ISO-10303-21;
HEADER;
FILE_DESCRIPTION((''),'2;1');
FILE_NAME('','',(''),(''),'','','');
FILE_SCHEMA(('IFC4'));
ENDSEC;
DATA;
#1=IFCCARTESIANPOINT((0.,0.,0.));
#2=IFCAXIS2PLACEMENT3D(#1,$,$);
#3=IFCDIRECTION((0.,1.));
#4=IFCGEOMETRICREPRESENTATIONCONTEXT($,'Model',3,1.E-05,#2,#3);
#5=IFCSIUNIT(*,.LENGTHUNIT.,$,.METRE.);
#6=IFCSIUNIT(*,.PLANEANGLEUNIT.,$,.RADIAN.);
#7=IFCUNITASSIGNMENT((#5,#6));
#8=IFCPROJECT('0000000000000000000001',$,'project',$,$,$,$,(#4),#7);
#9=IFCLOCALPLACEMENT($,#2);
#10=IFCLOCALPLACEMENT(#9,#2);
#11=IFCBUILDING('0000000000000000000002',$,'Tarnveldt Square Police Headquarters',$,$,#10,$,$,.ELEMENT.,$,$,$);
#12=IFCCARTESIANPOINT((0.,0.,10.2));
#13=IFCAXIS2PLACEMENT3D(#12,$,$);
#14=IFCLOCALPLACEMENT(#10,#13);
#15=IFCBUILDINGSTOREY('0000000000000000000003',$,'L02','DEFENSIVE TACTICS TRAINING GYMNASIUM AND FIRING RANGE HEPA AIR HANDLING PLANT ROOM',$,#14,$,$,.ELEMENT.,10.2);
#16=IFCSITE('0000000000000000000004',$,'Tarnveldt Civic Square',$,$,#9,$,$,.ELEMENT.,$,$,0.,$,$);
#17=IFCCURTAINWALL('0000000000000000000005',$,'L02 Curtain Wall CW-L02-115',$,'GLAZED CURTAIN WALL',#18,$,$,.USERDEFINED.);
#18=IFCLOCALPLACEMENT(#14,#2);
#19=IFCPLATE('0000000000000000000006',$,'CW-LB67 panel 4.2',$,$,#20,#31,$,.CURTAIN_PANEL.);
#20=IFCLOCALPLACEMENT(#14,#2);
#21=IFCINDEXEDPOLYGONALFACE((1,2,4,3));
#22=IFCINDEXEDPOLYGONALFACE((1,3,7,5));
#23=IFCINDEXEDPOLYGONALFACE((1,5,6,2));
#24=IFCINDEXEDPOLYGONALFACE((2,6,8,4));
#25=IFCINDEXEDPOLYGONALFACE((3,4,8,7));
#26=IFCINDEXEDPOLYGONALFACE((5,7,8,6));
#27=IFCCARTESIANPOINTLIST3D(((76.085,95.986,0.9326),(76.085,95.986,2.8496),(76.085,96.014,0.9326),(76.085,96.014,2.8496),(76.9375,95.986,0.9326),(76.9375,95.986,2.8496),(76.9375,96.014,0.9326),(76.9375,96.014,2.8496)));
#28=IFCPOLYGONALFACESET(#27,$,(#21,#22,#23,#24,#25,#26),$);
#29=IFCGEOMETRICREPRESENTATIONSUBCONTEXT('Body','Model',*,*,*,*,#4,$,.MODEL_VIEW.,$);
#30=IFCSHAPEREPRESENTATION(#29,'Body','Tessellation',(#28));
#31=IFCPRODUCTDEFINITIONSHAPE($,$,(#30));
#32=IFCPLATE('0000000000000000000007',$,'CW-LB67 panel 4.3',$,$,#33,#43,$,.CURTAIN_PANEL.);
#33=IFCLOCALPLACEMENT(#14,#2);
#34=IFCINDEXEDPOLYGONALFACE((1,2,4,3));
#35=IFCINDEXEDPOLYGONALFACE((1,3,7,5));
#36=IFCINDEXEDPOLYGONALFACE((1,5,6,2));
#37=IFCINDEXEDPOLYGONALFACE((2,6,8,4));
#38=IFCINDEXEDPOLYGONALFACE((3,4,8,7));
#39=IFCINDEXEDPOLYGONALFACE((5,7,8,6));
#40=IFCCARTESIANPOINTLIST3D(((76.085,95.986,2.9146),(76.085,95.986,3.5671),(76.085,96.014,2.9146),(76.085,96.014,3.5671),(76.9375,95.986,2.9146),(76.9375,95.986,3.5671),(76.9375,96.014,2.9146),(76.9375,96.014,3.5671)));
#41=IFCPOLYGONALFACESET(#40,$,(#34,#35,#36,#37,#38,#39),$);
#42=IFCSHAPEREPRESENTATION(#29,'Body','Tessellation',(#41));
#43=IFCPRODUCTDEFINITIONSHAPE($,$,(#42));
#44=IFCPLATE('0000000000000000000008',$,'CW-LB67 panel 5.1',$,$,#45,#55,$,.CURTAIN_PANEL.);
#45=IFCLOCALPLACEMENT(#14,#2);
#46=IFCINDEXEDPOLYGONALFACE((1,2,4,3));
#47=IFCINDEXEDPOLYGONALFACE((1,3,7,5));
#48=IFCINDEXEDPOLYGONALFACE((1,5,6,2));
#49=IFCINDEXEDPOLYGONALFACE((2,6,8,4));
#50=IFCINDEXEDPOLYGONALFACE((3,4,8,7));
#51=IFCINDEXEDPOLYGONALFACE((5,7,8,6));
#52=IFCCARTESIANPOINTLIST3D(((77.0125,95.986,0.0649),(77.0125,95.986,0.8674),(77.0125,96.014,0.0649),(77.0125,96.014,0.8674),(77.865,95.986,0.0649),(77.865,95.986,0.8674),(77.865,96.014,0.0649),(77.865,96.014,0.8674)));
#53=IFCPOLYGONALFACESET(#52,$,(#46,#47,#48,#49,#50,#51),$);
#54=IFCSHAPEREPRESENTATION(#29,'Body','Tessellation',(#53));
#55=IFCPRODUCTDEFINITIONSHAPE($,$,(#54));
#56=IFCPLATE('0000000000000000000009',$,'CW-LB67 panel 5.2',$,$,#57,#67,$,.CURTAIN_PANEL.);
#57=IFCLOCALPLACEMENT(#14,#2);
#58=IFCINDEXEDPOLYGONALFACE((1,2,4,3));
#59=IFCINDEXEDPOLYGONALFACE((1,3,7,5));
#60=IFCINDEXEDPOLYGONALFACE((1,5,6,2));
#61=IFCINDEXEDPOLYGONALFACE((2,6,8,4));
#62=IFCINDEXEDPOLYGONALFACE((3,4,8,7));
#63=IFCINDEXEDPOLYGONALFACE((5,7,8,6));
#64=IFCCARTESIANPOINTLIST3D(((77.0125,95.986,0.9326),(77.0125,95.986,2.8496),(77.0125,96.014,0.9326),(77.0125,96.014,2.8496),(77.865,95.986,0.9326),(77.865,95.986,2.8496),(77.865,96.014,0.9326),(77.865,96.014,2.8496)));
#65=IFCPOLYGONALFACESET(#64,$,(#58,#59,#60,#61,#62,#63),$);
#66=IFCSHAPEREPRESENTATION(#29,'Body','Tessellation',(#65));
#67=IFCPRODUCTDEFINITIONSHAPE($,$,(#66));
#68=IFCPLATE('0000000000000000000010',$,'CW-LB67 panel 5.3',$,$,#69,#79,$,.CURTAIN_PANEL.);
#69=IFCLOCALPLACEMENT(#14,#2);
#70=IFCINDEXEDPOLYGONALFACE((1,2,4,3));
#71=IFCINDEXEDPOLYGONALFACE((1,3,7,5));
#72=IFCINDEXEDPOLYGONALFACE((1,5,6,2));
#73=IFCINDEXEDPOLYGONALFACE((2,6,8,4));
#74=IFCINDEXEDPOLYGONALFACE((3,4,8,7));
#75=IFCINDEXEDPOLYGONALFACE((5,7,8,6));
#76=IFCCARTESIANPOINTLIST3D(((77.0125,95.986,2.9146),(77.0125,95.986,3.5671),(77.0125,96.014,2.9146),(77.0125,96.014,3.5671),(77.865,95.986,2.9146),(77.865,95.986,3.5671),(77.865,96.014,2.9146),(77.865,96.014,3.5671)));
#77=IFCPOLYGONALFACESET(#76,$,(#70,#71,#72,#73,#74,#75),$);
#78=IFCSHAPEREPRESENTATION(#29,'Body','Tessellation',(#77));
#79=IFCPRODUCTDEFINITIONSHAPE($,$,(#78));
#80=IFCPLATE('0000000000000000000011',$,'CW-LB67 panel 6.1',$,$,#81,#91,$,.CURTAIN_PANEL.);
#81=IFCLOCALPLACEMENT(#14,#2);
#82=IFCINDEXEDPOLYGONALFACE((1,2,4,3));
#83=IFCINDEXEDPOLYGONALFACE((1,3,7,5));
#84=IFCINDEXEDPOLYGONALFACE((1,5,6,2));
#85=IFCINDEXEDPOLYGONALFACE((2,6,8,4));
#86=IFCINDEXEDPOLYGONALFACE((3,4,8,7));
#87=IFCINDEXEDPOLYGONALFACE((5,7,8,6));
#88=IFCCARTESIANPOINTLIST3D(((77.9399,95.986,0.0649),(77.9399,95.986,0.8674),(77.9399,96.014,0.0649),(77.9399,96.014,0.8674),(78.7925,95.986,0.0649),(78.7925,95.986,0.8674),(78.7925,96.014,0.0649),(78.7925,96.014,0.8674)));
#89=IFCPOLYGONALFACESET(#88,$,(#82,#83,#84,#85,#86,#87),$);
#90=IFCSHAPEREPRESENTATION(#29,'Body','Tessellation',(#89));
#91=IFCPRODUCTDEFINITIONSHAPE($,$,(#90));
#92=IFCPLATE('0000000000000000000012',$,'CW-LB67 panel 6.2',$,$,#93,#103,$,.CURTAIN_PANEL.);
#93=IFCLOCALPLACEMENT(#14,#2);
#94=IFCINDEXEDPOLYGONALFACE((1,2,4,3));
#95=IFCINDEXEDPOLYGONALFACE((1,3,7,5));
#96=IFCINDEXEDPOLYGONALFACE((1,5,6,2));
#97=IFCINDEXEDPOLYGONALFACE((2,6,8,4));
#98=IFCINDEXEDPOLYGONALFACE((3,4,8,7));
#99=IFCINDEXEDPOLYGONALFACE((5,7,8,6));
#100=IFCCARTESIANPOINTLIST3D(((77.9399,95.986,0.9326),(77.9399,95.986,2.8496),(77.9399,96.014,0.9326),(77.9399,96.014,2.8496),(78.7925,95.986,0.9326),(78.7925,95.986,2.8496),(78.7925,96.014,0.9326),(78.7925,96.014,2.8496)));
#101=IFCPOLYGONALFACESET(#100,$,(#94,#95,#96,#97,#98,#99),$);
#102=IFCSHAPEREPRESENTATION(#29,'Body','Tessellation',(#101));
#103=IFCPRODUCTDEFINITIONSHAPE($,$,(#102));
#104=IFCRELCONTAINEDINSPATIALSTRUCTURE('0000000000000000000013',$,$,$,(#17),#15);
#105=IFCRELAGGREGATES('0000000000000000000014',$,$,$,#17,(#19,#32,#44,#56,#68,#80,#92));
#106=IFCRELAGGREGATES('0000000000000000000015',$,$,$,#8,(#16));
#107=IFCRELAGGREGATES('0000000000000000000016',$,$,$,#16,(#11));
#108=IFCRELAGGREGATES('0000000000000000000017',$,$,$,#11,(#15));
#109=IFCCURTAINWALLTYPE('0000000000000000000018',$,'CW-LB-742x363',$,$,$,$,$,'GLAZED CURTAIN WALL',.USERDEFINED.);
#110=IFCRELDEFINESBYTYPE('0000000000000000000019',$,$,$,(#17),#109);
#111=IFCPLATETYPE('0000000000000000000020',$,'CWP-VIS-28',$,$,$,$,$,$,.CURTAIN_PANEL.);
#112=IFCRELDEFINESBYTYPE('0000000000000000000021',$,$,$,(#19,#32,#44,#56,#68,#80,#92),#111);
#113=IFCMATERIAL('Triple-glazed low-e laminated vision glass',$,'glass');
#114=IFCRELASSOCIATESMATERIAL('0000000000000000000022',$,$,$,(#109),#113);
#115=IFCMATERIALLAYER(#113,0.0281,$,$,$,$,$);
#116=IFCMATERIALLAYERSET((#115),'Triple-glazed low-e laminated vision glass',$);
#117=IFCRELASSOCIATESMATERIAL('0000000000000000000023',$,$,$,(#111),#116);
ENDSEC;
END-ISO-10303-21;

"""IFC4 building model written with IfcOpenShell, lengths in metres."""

from ifc_helpers import new_model, si_unit, direction, frame, origin, origin_2d, place, context, subcontext, project, spatial, rectangle, extrude, material, layer, layer_set, type_object, element, aggregate, save


model = new_model("IFC4")

# Units and contexts
model_context = context("Model", 3, precision=1e-05, world=origin(), true_north=direction((0.0, 1.0)))
body_context = subcontext(model_context, "Body", "Model", "MODEL_VIEW")
ifc_project = project(units=[si_unit("LENGTHUNIT", "METRE"), si_unit("PLANEANGLEUNIT", "RADIAN")], contexts=[model_context])

# Site, building, storey
site_placement = place(None, origin())
site = spatial("IfcSite", under=ifc_project, at=site_placement, Name="Tarnveldt Civic Square", CompositionType="ELEMENT", RefElevation=0.0)
building_placement = place(site_placement, origin())
building = spatial("IfcBuilding", under=site, at=building_placement, Name="Tarnveldt Square Police Headquarters", CompositionType="ELEMENT")
storey_placement = place(building_placement, frame((0.0, 0.0, 10.2)))
storey = spatial("IfcBuildingStorey", under=building, at=storey_placement, Name="L02", Description="DEFENSIVE TACTICS TRAINING GYMNASIUM AND FIRING RANGE HEPA AIR HANDLING PLANT ROOM", CompositionType="ELEMENT", Elevation=10.2)

# Curtain wall, plates
ifc_material_1 = material(Name="Triple-glazed low-e laminated vision glass", Category="glass")
curtain_wall_type = type_object("IfcCurtainWallType", Name="CW-LB-742x363", ElementType="GLAZED CURTAIN WALL", PredefinedType="USERDEFINED", material=ifc_material_1)
curtain_wall_placement = place(storey_placement, origin())
curtain_wall = element("IfcCurtainWall", 1, at=curtain_wall_placement, inside=storey, type_object=curtain_wall_type, Name="L02 Curtain Wall CW-L02-115", ObjectType="GLAZED CURTAIN WALL", PredefinedType="USERDEFINED")
ifc_layer = layer(ifc_material_1, 0.0281)
ifc_layer_set = layer_set([ifc_layer], Name="Triple-glazed low-e laminated vision glass")
plate_type = type_object("IfcPlateType", Name="CWP-VIS-28", PredefinedType="CURTAIN_PANEL", material=ifc_layer_set)
plate_1_placement = place(storey_placement, frame((76.5112, 96.0, 0.9326), z_axis=(0.0, 0.0, 1.0), x_axis=(1.0, 0.0, 0.0)))
plate_1 = element("IfcPlate", 2, at=plate_1_placement, type_object=plate_type, Name="CW-LB67 panel 4.2", PredefinedType="CURTAIN_PANEL", context=body_context, shape_type="SweptSolid", body=[
    extrude(rectangle(XDim=0.8525, YDim=0.0281, at=origin_2d()), origin(), (0.0, 0.0, 1.0), 1.917),
])
plate_2_placement = place(storey_placement, frame((76.5112, 96.0, 2.9146), z_axis=(0.0, 0.0, 1.0), x_axis=(1.0, 0.0, 0.0)))
plate_2 = element("IfcPlate", 3, at=plate_2_placement, type_object=plate_type, Name="CW-LB67 panel 4.3", PredefinedType="CURTAIN_PANEL", context=body_context, shape_type="SweptSolid", body=[
    extrude(rectangle(XDim=0.8525, YDim=0.0281, at=origin_2d()), origin(), (0.0, 0.0, 1.0), 0.6526),
])
plate_3_placement = place(storey_placement, frame((77.4387, 96.0, 0.0649), z_axis=(0.0, 0.0, 1.0), x_axis=(1.0, 0.0, 0.0)))
plate_3 = element("IfcPlate", 4, at=plate_3_placement, type_object=plate_type, Name="CW-LB67 panel 5.1", PredefinedType="CURTAIN_PANEL", context=body_context, shape_type="SweptSolid", body=[
    extrude(rectangle(XDim=0.8525, YDim=0.0281, at=origin_2d()), origin(), (0.0, 0.0, 1.0), 0.8025),
])
plate_4_placement = place(storey_placement, frame((77.4387, 96.0, 0.9326), z_axis=(0.0, 0.0, 1.0), x_axis=(1.0, 0.0, 0.0)))
plate_4 = element("IfcPlate", 5, at=plate_4_placement, type_object=plate_type, Name="CW-LB67 panel 5.2", PredefinedType="CURTAIN_PANEL", context=body_context, shape_type="SweptSolid", body=[
    extrude(rectangle(XDim=0.8525, YDim=0.0281, at=origin_2d()), origin(), (0.0, 0.0, 1.0), 1.917),
])
plate_5_placement = place(storey_placement, frame((77.4387, 96.0, 2.9146), z_axis=(0.0, 0.0, 1.0), x_axis=(1.0, 0.0, 0.0)))
plate_5 = element("IfcPlate", 6, at=plate_5_placement, type_object=plate_type, Name="CW-LB67 panel 5.3", PredefinedType="CURTAIN_PANEL", context=body_context, shape_type="SweptSolid", body=[
    extrude(rectangle(XDim=0.8525, YDim=0.0281, at=origin_2d()), origin(), (0.0, 0.0, 1.0), 0.6526),
])
plate_6_placement = place(storey_placement, frame((78.3662, 96.0, 0.0649), z_axis=(0.0, 0.0, 1.0), x_axis=(1.0, 0.0, 0.0)))
plate_6 = element("IfcPlate", 7, at=plate_6_placement, type_object=plate_type, Name="CW-LB67 panel 6.1", PredefinedType="CURTAIN_PANEL", context=body_context, shape_type="SweptSolid", body=[
    extrude(rectangle(XDim=0.8525, YDim=0.0281, at=origin_2d()), origin(), (0.0, 0.0, 1.0), 0.8025),
])
plate_7_placement = place(storey_placement, frame((78.3662, 96.0, 0.9326), z_axis=(0.0, 0.0, 1.0), x_axis=(1.0, 0.0, 0.0)))
plate_7 = element("IfcPlate", 8, at=plate_7_placement, type_object=plate_type, Name="CW-LB67 panel 6.2", PredefinedType="CURTAIN_PANEL", context=body_context, shape_type="SweptSolid", body=[
    extrude(rectangle(XDim=0.8525, YDim=0.0281, at=origin_2d()), origin(), (0.0, 0.0, 1.0), 1.917),
])
aggregate(curtain_wall, [plate_1, plate_2, plate_3, plate_4, plate_5, plate_6, plate_7])

save(model, "model.ifc")
